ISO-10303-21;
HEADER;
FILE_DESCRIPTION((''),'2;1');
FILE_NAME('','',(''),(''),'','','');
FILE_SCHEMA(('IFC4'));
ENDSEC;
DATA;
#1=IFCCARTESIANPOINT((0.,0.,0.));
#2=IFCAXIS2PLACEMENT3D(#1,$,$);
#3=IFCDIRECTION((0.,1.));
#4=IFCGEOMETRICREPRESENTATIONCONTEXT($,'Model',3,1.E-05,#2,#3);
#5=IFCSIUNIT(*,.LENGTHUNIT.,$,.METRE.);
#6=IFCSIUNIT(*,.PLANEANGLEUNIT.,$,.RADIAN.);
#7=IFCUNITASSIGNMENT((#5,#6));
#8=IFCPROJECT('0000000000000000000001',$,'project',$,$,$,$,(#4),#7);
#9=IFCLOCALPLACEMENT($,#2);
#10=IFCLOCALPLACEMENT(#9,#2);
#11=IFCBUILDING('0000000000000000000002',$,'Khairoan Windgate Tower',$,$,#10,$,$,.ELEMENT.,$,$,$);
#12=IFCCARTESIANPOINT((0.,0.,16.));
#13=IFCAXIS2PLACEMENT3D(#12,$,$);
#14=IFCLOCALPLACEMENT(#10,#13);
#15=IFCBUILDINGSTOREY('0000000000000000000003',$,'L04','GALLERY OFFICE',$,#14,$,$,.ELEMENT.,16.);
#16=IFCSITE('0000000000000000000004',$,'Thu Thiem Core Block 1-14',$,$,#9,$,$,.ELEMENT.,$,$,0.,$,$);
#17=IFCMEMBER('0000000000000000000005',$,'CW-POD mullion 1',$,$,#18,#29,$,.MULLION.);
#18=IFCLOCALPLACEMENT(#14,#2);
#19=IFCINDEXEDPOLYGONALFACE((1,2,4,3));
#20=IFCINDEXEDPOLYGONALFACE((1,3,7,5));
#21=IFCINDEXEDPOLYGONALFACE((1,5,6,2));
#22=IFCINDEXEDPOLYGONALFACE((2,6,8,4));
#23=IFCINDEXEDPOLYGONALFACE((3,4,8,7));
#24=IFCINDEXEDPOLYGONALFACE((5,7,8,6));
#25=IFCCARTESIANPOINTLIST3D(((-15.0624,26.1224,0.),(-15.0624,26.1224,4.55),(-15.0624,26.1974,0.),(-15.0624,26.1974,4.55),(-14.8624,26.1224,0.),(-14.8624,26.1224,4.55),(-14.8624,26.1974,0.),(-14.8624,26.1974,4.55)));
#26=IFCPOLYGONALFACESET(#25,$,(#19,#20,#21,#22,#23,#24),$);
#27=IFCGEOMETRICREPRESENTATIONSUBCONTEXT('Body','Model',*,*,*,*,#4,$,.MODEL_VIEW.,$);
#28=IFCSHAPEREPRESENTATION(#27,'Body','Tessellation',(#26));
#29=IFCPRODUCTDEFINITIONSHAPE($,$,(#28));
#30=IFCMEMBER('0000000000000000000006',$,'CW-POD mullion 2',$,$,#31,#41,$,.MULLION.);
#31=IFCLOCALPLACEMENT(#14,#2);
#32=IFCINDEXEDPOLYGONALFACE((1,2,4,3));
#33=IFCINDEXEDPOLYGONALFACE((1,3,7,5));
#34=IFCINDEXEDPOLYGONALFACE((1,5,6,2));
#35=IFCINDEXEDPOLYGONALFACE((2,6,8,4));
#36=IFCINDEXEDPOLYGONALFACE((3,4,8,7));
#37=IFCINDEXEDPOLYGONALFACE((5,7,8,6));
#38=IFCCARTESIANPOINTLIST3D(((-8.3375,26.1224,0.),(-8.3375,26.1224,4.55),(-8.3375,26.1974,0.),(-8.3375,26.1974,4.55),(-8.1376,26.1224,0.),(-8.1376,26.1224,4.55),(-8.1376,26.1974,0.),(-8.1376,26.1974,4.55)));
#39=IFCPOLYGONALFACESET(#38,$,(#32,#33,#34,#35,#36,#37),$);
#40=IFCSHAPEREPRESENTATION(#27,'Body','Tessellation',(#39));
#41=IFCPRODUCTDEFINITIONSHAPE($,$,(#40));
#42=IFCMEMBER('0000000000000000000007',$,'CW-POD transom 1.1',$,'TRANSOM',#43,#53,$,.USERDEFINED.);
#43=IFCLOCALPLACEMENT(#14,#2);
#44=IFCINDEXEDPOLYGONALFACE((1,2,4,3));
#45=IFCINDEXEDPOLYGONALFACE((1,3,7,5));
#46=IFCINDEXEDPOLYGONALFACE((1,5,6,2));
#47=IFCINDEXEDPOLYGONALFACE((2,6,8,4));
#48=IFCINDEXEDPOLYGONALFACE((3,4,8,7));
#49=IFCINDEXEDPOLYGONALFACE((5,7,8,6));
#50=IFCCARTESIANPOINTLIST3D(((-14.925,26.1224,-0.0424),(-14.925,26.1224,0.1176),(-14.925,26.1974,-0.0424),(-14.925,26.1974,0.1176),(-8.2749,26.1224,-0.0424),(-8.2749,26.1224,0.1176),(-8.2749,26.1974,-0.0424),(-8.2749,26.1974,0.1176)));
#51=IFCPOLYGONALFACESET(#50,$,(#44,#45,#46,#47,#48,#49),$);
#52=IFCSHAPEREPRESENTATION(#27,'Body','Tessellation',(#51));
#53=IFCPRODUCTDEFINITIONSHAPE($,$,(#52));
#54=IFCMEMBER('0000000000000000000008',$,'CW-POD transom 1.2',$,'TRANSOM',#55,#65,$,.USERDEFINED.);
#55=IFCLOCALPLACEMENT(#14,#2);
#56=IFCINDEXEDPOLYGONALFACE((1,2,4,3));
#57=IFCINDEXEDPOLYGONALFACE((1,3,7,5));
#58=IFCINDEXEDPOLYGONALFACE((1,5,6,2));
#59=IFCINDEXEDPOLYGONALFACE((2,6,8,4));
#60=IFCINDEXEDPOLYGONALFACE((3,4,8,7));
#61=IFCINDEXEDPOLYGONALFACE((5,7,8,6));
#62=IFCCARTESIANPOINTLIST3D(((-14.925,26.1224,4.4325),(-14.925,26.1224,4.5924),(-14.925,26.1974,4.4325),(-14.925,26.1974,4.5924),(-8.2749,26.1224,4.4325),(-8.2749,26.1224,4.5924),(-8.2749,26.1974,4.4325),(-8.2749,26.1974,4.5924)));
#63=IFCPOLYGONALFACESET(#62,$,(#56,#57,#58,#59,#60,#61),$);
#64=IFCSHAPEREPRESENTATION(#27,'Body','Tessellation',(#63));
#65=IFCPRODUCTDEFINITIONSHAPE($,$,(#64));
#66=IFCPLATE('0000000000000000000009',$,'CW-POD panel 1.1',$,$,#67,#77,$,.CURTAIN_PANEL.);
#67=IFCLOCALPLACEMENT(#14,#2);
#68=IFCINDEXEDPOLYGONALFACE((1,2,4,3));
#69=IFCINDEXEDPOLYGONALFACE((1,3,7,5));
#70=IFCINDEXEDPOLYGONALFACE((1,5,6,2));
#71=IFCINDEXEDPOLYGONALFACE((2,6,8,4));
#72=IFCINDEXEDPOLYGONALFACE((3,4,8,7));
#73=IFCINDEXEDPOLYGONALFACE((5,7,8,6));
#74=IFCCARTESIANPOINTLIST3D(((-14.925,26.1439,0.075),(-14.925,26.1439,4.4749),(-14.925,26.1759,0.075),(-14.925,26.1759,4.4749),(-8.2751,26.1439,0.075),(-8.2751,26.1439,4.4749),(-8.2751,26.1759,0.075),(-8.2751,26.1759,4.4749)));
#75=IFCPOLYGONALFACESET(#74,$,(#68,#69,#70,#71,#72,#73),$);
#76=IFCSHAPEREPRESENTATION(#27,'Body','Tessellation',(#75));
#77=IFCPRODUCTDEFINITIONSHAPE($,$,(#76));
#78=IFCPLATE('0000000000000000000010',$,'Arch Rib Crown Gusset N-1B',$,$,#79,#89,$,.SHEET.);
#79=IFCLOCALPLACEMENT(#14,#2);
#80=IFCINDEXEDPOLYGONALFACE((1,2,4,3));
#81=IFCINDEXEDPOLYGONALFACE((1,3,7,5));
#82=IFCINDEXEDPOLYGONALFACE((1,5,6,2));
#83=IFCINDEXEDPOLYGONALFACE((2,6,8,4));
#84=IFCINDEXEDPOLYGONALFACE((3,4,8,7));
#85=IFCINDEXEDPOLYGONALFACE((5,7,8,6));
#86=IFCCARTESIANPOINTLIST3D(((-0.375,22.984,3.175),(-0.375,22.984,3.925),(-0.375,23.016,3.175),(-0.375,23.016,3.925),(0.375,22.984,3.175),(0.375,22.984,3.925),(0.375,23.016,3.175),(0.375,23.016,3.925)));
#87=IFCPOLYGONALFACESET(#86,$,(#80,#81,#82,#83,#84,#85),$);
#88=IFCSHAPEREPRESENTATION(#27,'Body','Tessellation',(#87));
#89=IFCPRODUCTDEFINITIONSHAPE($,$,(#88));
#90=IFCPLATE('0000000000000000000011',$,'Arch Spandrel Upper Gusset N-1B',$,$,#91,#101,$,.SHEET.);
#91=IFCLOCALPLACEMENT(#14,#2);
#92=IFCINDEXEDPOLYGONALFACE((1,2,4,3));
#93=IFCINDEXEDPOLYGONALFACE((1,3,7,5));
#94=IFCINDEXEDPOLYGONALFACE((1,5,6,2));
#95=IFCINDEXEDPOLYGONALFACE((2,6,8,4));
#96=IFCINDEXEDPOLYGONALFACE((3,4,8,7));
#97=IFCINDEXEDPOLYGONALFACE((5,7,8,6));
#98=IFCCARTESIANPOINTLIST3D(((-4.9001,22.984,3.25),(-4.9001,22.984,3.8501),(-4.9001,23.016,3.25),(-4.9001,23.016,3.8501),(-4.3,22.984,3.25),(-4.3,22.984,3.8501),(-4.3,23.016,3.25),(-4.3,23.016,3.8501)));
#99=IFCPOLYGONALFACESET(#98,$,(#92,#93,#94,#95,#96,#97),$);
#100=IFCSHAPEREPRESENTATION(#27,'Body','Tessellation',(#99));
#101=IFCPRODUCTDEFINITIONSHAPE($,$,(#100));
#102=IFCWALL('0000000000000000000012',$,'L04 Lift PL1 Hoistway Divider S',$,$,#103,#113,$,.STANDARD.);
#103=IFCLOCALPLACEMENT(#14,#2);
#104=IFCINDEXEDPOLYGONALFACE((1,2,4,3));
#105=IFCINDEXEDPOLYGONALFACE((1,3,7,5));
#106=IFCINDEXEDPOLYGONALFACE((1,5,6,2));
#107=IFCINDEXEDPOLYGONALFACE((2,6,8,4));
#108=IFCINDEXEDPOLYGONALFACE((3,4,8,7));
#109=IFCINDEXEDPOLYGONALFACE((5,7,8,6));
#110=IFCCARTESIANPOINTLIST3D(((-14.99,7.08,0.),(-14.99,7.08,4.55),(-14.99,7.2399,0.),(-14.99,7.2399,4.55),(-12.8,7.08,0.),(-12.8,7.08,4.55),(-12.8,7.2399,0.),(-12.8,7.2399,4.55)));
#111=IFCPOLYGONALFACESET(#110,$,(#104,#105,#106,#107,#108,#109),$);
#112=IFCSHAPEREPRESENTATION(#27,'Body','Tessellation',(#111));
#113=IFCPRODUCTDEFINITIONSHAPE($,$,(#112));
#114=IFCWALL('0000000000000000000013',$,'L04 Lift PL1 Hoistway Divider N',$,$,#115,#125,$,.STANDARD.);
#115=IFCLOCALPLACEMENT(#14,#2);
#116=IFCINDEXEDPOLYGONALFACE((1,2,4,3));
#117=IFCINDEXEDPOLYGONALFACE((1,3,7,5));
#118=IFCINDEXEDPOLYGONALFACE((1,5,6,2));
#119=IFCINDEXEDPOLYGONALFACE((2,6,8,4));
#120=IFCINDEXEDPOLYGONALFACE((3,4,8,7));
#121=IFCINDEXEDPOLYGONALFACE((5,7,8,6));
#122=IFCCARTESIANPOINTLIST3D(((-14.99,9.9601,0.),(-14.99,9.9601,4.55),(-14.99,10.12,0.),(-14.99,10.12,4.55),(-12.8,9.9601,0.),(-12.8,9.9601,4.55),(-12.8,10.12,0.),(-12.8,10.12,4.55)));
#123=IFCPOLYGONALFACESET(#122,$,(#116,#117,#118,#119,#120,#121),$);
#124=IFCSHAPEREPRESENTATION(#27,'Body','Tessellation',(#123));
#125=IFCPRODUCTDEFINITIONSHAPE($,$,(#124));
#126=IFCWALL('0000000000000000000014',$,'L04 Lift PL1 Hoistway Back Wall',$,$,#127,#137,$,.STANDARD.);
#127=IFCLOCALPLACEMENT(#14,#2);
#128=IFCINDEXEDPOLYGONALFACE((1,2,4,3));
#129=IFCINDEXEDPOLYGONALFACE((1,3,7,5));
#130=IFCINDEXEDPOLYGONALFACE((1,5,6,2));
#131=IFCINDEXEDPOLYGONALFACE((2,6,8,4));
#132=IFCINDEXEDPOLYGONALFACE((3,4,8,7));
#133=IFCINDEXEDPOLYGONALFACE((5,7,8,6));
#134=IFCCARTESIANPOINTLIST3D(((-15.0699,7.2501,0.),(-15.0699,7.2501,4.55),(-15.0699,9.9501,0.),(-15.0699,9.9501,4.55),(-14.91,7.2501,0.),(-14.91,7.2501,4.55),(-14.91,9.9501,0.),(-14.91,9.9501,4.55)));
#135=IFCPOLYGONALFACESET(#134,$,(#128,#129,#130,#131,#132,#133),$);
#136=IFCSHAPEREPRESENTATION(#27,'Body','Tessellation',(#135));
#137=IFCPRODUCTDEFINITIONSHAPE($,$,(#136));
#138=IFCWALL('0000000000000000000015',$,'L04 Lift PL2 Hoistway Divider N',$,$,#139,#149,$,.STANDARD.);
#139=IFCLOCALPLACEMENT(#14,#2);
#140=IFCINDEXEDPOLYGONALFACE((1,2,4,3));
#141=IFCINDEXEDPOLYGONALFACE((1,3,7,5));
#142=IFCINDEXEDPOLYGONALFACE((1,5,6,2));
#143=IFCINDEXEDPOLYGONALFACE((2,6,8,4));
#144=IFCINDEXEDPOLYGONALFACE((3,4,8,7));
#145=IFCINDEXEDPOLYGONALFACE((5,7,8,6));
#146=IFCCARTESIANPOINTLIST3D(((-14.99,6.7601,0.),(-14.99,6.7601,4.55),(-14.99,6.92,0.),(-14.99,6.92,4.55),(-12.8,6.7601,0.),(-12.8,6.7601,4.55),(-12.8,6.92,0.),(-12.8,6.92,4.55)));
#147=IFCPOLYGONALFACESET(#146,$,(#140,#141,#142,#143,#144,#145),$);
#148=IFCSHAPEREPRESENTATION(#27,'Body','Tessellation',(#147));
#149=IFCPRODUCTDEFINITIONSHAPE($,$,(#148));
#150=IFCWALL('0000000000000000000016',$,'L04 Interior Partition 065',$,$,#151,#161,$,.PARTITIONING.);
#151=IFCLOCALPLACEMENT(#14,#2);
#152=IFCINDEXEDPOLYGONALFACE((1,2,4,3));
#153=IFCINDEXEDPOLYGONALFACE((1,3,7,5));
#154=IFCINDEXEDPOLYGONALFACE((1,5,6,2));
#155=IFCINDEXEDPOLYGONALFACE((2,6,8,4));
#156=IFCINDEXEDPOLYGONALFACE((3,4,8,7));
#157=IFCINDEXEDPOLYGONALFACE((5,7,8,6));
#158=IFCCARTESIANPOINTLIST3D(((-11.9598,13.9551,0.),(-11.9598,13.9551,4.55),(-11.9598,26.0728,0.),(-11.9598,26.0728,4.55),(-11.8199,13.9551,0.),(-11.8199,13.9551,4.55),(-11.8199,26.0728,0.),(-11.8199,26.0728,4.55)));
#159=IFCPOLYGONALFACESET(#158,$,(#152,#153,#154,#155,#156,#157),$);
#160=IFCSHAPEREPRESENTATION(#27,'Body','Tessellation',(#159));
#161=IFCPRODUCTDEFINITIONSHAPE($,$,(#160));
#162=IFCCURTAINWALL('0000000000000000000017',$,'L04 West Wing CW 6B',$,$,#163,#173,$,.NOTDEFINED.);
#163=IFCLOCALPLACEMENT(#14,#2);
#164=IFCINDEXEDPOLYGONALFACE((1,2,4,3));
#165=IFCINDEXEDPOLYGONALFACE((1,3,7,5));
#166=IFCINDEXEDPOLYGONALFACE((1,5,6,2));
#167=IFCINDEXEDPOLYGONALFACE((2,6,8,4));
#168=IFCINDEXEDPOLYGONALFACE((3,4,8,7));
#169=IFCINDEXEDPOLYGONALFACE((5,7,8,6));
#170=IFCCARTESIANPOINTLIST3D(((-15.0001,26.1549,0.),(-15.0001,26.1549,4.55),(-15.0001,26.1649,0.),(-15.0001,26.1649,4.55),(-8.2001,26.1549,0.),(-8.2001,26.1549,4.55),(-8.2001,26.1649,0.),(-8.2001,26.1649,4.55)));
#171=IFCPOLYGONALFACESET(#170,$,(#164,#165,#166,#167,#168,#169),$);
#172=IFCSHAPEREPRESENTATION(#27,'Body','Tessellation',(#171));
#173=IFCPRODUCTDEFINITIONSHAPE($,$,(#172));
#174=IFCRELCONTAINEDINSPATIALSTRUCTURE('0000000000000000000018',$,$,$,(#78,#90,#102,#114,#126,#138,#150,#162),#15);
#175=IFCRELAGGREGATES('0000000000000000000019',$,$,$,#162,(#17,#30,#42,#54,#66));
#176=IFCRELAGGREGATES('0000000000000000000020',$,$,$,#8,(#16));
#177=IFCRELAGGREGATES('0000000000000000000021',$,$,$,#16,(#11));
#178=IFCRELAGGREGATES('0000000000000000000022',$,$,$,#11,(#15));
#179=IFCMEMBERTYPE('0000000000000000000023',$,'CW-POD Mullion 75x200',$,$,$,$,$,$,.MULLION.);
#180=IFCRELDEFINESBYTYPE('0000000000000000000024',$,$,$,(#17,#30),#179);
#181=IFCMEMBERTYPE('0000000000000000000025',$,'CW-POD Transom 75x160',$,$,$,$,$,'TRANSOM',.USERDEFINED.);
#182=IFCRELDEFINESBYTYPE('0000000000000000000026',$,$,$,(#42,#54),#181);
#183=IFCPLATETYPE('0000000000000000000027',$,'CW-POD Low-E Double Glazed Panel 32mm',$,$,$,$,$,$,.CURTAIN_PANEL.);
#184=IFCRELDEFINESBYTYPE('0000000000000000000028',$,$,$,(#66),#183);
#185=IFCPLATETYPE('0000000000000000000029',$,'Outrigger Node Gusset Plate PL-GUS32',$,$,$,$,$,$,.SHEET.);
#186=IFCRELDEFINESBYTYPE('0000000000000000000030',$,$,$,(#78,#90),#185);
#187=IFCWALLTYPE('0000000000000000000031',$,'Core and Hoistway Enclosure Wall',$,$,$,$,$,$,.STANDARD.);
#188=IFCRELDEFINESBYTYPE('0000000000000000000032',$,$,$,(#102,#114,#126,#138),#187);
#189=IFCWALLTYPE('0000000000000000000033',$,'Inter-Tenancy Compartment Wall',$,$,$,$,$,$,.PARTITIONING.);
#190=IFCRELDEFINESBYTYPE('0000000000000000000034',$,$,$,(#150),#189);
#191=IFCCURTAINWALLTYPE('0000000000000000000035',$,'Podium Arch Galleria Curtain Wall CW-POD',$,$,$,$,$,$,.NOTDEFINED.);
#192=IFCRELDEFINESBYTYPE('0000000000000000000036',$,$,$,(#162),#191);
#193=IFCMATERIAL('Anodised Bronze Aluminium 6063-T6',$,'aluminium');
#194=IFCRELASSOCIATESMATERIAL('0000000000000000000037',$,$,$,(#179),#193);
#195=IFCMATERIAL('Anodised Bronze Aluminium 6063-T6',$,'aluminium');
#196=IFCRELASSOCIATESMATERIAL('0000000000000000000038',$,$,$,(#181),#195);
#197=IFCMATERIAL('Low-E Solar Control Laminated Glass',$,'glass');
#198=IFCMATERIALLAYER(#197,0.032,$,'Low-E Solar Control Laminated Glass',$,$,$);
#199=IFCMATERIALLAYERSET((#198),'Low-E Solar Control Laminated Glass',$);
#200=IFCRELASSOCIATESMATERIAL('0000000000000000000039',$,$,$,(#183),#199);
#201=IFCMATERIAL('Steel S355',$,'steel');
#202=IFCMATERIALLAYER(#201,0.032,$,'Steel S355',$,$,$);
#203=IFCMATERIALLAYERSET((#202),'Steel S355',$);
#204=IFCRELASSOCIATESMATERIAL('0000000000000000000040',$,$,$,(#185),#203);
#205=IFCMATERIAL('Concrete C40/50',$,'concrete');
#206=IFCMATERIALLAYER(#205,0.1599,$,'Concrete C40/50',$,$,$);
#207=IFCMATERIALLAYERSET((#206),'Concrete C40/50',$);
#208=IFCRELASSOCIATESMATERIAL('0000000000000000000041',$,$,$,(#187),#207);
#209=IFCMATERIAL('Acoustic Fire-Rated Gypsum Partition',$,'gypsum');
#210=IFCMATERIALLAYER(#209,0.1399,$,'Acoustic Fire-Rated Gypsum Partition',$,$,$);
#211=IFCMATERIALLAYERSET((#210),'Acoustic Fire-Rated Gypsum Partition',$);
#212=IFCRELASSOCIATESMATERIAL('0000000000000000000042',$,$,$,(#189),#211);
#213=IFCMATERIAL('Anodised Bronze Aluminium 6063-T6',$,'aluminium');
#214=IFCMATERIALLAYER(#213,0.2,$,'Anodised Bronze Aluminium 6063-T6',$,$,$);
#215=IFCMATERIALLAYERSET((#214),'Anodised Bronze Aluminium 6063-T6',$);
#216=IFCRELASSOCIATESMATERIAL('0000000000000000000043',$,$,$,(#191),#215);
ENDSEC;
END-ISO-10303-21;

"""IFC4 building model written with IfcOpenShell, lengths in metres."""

from ifc_helpers import new_model, si_unit, direction, frame, frame_2d, origin, origin_2d, place, context, subcontext, project, spatial, rectangle, extrude, material, layer, layer_set, material_profile, profile_set, type_object, element, aggregate, save


model = new_model("IFC4")

# Units and contexts
model_context = context("Model", 3, precision=1e-05, world=origin(), true_north=direction((0.0, 1.0)))
body_context = subcontext(model_context, "Body", "Model", "MODEL_VIEW")
ifc_project = project(units=[si_unit("LENGTHUNIT", "METRE"), si_unit("PLANEANGLEUNIT", "RADIAN")], contexts=[model_context])

# Site, building, storey
site_placement = place(None, origin())
site = spatial("IfcSite", under=ifc_project, at=site_placement, Name="Thu Thiem Core Block 1-14", CompositionType="ELEMENT", RefElevation=0.0)
building_placement = place(site_placement, origin())
building = spatial("IfcBuilding", under=site, at=building_placement, Name="Khairoan Windgate Tower", CompositionType="ELEMENT")
storey_placement = place(building_placement, frame((0.0, 0.0, 16.0)))
storey = spatial("IfcBuildingStorey", under=building, at=storey_placement, Name="L04", Description="GALLERY OFFICE", CompositionType="ELEMENT", Elevation=16.0)

# Members
ifc_material_1 = material(Name="Anodised Bronze Aluminium 6063-T6", Category="aluminium")
ifc_material_profile_1 = material_profile(ifc_material_1, rectangle(XDim=0.075, YDim=0.2, at=origin_2d()))
ifc_profile_set_1 = profile_set([ifc_material_profile_1], Name="Anodised Bronze Aluminium 6063-T6")
member_type_1 = type_object("IfcMemberType", Name="CW-POD Mullion 75x200", PredefinedType="MULLION", material=ifc_profile_set_1)
member_1_placement = place(storey_placement, frame((-14.9624, 26.1599, 0.0), z_axis=(0.0, 0.0, 1.0), x_axis=(0.0, 1.0, 0.0)))
member_1 = element("IfcMember", 1, at=member_1_placement, type_object=member_type_1, Name="CW-POD mullion 1", PredefinedType="MULLION", context=body_context, shape_type="SweptSolid", body=[
    extrude(rectangle(XDim=0.075, YDim=0.2, at=origin_2d()), origin(), (0.0, 0.0, 1.0), 4.55),
])
member_2_placement = place(storey_placement, frame((-8.2375, 26.1599, 0.0), z_axis=(0.0, 0.0, 1.0), x_axis=(0.0, 1.0, 0.0)))
member_2 = element("IfcMember", 2, at=member_2_placement, type_object=member_type_1, Name="CW-POD mullion 2", PredefinedType="MULLION", context=body_context, shape_type="SweptSolid", body=[
    extrude(rectangle(XDim=0.075, YDim=0.2, at=origin_2d()), origin(), (0.0, 0.0, 1.0), 4.55),
])
ifc_material_2 = material(Name="Anodised Bronze Aluminium 6063-T6", Category="aluminium")
ifc_material_profile_2 = material_profile(ifc_material_2, rectangle(XDim=0.075, YDim=0.1599, at=origin_2d()))
ifc_profile_set_2 = profile_set([ifc_material_profile_2], Name="Anodised Bronze Aluminium 6063-T6")
member_type_2 = type_object("IfcMemberType", Name="CW-POD Transom 75x160", ElementType="TRANSOM", PredefinedType="USERDEFINED", material=ifc_profile_set_2)
member_3_placement = place(storey_placement, frame((-14.925, 26.1599, 0.0376), z_axis=(1.0, 0.0, 0.0), x_axis=(0.0, 1.0, 0.0)))
member_3 = element("IfcMember", 3, at=member_3_placement, type_object=member_type_2, Name="CW-POD transom 1.1", ObjectType="TRANSOM", PredefinedType="USERDEFINED", context=body_context, shape_type="SweptSolid", body=[
    extrude(rectangle(XDim=0.075, YDim=0.1599, at=origin_2d()), origin(), (0.0, 0.0, 1.0), 6.6501),
])
member_4_placement = place(storey_placement, frame((-14.925, 26.1599, 4.5125), z_axis=(1.0, 0.0, 0.0), x_axis=(0.0, 1.0, 0.0)))
member_4 = element("IfcMember", 4, at=member_4_placement, type_object=member_type_2, Name="CW-POD transom 1.2", ObjectType="TRANSOM", PredefinedType="USERDEFINED", context=body_context, shape_type="SweptSolid", body=[
    extrude(rectangle(XDim=0.075, YDim=0.1599, at=origin_2d()), origin(), (0.0, 0.0, 1.0), 6.6501),
])

# Plate
ifc_material_3 = material(Name="Low-E Solar Control Laminated Glass", Category="glass")
ifc_layer_1 = layer(ifc_material_3, 0.032, Name="Low-E Solar Control Laminated Glass")
ifc_layer_set_1 = layer_set([ifc_layer_1], Name="Low-E Solar Control Laminated Glass")
plate_type_1 = type_object("IfcPlateType", Name="CW-POD Low-E Double Glazed Panel 32mm", PredefinedType="CURTAIN_PANEL", material=ifc_layer_set_1)
plate_1_placement = place(storey_placement, frame((-11.6001, 26.1599, 0.075), z_axis=(0.0, 0.0, 1.0), x_axis=(1.0, 0.0, 0.0)))
plate_1 = element("IfcPlate", 5, at=plate_1_placement, type_object=plate_type_1, Name="CW-POD panel 1.1", PredefinedType="CURTAIN_PANEL", context=body_context, shape_type="SweptSolid", body=[
    extrude(rectangle(XDim=6.6499, YDim=0.032, at=origin_2d()), origin(), (0.0, 0.0, 1.0), 4.3999),
])

# Plates
ifc_material_4 = material(Name="Steel S355", Category="steel")
ifc_layer_2 = layer(ifc_material_4, 0.032, Name="Steel S355")
ifc_layer_set_2 = layer_set([ifc_layer_2], Name="Steel S355")
plate_type_2 = type_object("IfcPlateType", Name="Outrigger Node Gusset Plate PL-GUS32", PredefinedType="SHEET", material=ifc_layer_set_2)
plate_2_placement = place(storey_placement, frame((0.0, 23.0, 3.175), z_axis=(0.0, 0.0, 1.0), x_axis=(1.0, 0.0, 0.0)))
element("IfcPlate", 6, at=plate_2_placement, inside=storey, type_object=plate_type_2, Name="Arch Rib Crown Gusset N-1B", PredefinedType="SHEET", context=body_context, shape_type="SweptSolid", body=[
    extrude(rectangle(XDim=0.75, YDim=0.032, at=origin_2d()), origin(), (0.0, 0.0, 1.0), 0.75),
])
plate_3_placement = place(storey_placement, frame((-4.6001, 23.0, 3.25), z_axis=(0.0, 0.0, 1.0), x_axis=(1.0, 0.0, 0.0)))
element("IfcPlate", 7, at=plate_3_placement, inside=storey, type_object=plate_type_2, Name="Arch Spandrel Upper Gusset N-1B", PredefinedType="SHEET", context=body_context, shape_type="SweptSolid", body=[
    extrude(rectangle(XDim=0.6001, YDim=0.032, at=origin_2d()), origin(), (0.0, 0.0, 1.0), 0.6001),
])

# Walls
ifc_material_5 = material(Name="Concrete C40/50", Category="concrete")
ifc_layer_3 = layer(ifc_material_5, 0.1599, Name="Concrete C40/50")
ifc_layer_set_3 = layer_set([ifc_layer_3], Name="Concrete C40/50")
wall_type_1 = type_object("IfcWallType", Name="Core and Hoistway Enclosure Wall", PredefinedType="STANDARD", material=ifc_layer_set_3)
for number, where, z_axis, x_axis, name in (
    (8, (-14.99, 7.1599, 0.0), (0.0, 0.0, 1.0), (1.0, 0.0, 0.0), "L04 Lift PL1 Hoistway Divider S"),
    (9, (-14.99, 10.04, 0.0), (0.0, 0.0, 1.0), (1.0, 0.0, 0.0), "L04 Lift PL1 Hoistway Divider N"),
):
    element("IfcWall", number, at=place(storey_placement, frame(where, z_axis=z_axis, x_axis=x_axis)), inside=storey, type_object=wall_type_1, Name=name, PredefinedType="STANDARD", context=body_context, shape_type="SweptSolid", body=[
        extrude(rectangle(XDim=2.1899, YDim=0.1599, at=frame_2d((1.095, 0.0))), origin(), (0.0, 0.0, 1.0), 4.55),
    ])
wall_1_placement = place(storey_placement, frame((-14.99, 7.25, 0.0), z_axis=(0.0, 0.0, 1.0), x_axis=(0.0, 1.0, 0.0)))
element("IfcWall", 10, at=wall_1_placement, inside=storey, type_object=wall_type_1, Name="L04 Lift PL1 Hoistway Back Wall", PredefinedType="STANDARD", context=body_context, shape_type="SweptSolid", body=[
    extrude(rectangle(XDim=2.7, YDim=0.1599, at=frame_2d((1.3501, 0.0))), origin(), (0.0, 0.0, 1.0), 4.55),
])
wall_2_placement = place(storey_placement, frame((-14.99, 6.8401, 0.0), z_axis=(0.0, 0.0, 1.0), x_axis=(1.0, 0.0, 0.0)))
element("IfcWall", 11, at=wall_2_placement, inside=storey, type_object=wall_type_1, Name="L04 Lift PL2 Hoistway Divider N", PredefinedType="STANDARD", context=body_context, shape_type="SweptSolid", body=[
    extrude(rectangle(XDim=2.1899, YDim=0.1599, at=frame_2d((1.095, 0.0))), origin(), (0.0, 0.0, 1.0), 4.55),
])
ifc_material_6 = material(Name="Acoustic Fire-Rated Gypsum Partition", Category="gypsum")
ifc_layer_4 = layer(ifc_material_6, 0.1399, Name="Acoustic Fire-Rated Gypsum Partition")
ifc_layer_set_4 = layer_set([ifc_layer_4], Name="Acoustic Fire-Rated Gypsum Partition")
wall_type_2 = type_object("IfcWallType", Name="Inter-Tenancy Compartment Wall", PredefinedType="PARTITIONING", material=ifc_layer_set_4)
wall_3_placement = place(storey_placement, frame((-11.8899, 13.9551, 0.0), z_axis=(0.0, 0.0, 1.0), x_axis=(0.0, 1.0, 0.0)))
element("IfcWall", 12, at=wall_3_placement, inside=storey, type_object=wall_type_2, Name="L04 Interior Partition 065", PredefinedType="PARTITIONING", context=body_context, shape_type="SweptSolid", body=[
    extrude(rectangle(XDim=12.1177, YDim=0.1399, at=frame_2d((6.0588, 0.0))), origin(), (0.0, 0.0, 1.0), 4.55),
])

# Curtain wall
ifc_material_7 = material(Name="Anodised Bronze Aluminium 6063-T6", Category="aluminium")
ifc_layer_5 = layer(ifc_material_7, 0.2, Name="Anodised Bronze Aluminium 6063-T6")
ifc_layer_set_5 = layer_set([ifc_layer_5], Name="Anodised Bronze Aluminium 6063-T6")
curtain_wall_type = type_object("IfcCurtainWallType", Name="Podium Arch Galleria Curtain Wall CW-POD", PredefinedType="NOTDEFINED", material=ifc_layer_set_5)
curtain_wall_placement = place(storey_placement, frame((-15.0, 26.1599, 0.0), z_axis=(0.0, 0.0, 1.0), x_axis=(1.0, 0.0, 0.0)))
curtain_wall = element("IfcCurtainWall", 13, at=curtain_wall_placement, inside=storey, type_object=curtain_wall_type, Name="L04 West Wing CW 6B", PredefinedType="NOTDEFINED", context=body_context, shape_type="SweptSolid", body=[
    extrude(rectangle(XDim=6.8, YDim=0.01, at=frame_2d((3.3999, 0.0))), origin(), (0.0, 0.0, 1.0), 4.55),
])
aggregate(curtain_wall, [member_1, member_2, member_3, member_4, plate_1])

save(model, "model.ifc")
